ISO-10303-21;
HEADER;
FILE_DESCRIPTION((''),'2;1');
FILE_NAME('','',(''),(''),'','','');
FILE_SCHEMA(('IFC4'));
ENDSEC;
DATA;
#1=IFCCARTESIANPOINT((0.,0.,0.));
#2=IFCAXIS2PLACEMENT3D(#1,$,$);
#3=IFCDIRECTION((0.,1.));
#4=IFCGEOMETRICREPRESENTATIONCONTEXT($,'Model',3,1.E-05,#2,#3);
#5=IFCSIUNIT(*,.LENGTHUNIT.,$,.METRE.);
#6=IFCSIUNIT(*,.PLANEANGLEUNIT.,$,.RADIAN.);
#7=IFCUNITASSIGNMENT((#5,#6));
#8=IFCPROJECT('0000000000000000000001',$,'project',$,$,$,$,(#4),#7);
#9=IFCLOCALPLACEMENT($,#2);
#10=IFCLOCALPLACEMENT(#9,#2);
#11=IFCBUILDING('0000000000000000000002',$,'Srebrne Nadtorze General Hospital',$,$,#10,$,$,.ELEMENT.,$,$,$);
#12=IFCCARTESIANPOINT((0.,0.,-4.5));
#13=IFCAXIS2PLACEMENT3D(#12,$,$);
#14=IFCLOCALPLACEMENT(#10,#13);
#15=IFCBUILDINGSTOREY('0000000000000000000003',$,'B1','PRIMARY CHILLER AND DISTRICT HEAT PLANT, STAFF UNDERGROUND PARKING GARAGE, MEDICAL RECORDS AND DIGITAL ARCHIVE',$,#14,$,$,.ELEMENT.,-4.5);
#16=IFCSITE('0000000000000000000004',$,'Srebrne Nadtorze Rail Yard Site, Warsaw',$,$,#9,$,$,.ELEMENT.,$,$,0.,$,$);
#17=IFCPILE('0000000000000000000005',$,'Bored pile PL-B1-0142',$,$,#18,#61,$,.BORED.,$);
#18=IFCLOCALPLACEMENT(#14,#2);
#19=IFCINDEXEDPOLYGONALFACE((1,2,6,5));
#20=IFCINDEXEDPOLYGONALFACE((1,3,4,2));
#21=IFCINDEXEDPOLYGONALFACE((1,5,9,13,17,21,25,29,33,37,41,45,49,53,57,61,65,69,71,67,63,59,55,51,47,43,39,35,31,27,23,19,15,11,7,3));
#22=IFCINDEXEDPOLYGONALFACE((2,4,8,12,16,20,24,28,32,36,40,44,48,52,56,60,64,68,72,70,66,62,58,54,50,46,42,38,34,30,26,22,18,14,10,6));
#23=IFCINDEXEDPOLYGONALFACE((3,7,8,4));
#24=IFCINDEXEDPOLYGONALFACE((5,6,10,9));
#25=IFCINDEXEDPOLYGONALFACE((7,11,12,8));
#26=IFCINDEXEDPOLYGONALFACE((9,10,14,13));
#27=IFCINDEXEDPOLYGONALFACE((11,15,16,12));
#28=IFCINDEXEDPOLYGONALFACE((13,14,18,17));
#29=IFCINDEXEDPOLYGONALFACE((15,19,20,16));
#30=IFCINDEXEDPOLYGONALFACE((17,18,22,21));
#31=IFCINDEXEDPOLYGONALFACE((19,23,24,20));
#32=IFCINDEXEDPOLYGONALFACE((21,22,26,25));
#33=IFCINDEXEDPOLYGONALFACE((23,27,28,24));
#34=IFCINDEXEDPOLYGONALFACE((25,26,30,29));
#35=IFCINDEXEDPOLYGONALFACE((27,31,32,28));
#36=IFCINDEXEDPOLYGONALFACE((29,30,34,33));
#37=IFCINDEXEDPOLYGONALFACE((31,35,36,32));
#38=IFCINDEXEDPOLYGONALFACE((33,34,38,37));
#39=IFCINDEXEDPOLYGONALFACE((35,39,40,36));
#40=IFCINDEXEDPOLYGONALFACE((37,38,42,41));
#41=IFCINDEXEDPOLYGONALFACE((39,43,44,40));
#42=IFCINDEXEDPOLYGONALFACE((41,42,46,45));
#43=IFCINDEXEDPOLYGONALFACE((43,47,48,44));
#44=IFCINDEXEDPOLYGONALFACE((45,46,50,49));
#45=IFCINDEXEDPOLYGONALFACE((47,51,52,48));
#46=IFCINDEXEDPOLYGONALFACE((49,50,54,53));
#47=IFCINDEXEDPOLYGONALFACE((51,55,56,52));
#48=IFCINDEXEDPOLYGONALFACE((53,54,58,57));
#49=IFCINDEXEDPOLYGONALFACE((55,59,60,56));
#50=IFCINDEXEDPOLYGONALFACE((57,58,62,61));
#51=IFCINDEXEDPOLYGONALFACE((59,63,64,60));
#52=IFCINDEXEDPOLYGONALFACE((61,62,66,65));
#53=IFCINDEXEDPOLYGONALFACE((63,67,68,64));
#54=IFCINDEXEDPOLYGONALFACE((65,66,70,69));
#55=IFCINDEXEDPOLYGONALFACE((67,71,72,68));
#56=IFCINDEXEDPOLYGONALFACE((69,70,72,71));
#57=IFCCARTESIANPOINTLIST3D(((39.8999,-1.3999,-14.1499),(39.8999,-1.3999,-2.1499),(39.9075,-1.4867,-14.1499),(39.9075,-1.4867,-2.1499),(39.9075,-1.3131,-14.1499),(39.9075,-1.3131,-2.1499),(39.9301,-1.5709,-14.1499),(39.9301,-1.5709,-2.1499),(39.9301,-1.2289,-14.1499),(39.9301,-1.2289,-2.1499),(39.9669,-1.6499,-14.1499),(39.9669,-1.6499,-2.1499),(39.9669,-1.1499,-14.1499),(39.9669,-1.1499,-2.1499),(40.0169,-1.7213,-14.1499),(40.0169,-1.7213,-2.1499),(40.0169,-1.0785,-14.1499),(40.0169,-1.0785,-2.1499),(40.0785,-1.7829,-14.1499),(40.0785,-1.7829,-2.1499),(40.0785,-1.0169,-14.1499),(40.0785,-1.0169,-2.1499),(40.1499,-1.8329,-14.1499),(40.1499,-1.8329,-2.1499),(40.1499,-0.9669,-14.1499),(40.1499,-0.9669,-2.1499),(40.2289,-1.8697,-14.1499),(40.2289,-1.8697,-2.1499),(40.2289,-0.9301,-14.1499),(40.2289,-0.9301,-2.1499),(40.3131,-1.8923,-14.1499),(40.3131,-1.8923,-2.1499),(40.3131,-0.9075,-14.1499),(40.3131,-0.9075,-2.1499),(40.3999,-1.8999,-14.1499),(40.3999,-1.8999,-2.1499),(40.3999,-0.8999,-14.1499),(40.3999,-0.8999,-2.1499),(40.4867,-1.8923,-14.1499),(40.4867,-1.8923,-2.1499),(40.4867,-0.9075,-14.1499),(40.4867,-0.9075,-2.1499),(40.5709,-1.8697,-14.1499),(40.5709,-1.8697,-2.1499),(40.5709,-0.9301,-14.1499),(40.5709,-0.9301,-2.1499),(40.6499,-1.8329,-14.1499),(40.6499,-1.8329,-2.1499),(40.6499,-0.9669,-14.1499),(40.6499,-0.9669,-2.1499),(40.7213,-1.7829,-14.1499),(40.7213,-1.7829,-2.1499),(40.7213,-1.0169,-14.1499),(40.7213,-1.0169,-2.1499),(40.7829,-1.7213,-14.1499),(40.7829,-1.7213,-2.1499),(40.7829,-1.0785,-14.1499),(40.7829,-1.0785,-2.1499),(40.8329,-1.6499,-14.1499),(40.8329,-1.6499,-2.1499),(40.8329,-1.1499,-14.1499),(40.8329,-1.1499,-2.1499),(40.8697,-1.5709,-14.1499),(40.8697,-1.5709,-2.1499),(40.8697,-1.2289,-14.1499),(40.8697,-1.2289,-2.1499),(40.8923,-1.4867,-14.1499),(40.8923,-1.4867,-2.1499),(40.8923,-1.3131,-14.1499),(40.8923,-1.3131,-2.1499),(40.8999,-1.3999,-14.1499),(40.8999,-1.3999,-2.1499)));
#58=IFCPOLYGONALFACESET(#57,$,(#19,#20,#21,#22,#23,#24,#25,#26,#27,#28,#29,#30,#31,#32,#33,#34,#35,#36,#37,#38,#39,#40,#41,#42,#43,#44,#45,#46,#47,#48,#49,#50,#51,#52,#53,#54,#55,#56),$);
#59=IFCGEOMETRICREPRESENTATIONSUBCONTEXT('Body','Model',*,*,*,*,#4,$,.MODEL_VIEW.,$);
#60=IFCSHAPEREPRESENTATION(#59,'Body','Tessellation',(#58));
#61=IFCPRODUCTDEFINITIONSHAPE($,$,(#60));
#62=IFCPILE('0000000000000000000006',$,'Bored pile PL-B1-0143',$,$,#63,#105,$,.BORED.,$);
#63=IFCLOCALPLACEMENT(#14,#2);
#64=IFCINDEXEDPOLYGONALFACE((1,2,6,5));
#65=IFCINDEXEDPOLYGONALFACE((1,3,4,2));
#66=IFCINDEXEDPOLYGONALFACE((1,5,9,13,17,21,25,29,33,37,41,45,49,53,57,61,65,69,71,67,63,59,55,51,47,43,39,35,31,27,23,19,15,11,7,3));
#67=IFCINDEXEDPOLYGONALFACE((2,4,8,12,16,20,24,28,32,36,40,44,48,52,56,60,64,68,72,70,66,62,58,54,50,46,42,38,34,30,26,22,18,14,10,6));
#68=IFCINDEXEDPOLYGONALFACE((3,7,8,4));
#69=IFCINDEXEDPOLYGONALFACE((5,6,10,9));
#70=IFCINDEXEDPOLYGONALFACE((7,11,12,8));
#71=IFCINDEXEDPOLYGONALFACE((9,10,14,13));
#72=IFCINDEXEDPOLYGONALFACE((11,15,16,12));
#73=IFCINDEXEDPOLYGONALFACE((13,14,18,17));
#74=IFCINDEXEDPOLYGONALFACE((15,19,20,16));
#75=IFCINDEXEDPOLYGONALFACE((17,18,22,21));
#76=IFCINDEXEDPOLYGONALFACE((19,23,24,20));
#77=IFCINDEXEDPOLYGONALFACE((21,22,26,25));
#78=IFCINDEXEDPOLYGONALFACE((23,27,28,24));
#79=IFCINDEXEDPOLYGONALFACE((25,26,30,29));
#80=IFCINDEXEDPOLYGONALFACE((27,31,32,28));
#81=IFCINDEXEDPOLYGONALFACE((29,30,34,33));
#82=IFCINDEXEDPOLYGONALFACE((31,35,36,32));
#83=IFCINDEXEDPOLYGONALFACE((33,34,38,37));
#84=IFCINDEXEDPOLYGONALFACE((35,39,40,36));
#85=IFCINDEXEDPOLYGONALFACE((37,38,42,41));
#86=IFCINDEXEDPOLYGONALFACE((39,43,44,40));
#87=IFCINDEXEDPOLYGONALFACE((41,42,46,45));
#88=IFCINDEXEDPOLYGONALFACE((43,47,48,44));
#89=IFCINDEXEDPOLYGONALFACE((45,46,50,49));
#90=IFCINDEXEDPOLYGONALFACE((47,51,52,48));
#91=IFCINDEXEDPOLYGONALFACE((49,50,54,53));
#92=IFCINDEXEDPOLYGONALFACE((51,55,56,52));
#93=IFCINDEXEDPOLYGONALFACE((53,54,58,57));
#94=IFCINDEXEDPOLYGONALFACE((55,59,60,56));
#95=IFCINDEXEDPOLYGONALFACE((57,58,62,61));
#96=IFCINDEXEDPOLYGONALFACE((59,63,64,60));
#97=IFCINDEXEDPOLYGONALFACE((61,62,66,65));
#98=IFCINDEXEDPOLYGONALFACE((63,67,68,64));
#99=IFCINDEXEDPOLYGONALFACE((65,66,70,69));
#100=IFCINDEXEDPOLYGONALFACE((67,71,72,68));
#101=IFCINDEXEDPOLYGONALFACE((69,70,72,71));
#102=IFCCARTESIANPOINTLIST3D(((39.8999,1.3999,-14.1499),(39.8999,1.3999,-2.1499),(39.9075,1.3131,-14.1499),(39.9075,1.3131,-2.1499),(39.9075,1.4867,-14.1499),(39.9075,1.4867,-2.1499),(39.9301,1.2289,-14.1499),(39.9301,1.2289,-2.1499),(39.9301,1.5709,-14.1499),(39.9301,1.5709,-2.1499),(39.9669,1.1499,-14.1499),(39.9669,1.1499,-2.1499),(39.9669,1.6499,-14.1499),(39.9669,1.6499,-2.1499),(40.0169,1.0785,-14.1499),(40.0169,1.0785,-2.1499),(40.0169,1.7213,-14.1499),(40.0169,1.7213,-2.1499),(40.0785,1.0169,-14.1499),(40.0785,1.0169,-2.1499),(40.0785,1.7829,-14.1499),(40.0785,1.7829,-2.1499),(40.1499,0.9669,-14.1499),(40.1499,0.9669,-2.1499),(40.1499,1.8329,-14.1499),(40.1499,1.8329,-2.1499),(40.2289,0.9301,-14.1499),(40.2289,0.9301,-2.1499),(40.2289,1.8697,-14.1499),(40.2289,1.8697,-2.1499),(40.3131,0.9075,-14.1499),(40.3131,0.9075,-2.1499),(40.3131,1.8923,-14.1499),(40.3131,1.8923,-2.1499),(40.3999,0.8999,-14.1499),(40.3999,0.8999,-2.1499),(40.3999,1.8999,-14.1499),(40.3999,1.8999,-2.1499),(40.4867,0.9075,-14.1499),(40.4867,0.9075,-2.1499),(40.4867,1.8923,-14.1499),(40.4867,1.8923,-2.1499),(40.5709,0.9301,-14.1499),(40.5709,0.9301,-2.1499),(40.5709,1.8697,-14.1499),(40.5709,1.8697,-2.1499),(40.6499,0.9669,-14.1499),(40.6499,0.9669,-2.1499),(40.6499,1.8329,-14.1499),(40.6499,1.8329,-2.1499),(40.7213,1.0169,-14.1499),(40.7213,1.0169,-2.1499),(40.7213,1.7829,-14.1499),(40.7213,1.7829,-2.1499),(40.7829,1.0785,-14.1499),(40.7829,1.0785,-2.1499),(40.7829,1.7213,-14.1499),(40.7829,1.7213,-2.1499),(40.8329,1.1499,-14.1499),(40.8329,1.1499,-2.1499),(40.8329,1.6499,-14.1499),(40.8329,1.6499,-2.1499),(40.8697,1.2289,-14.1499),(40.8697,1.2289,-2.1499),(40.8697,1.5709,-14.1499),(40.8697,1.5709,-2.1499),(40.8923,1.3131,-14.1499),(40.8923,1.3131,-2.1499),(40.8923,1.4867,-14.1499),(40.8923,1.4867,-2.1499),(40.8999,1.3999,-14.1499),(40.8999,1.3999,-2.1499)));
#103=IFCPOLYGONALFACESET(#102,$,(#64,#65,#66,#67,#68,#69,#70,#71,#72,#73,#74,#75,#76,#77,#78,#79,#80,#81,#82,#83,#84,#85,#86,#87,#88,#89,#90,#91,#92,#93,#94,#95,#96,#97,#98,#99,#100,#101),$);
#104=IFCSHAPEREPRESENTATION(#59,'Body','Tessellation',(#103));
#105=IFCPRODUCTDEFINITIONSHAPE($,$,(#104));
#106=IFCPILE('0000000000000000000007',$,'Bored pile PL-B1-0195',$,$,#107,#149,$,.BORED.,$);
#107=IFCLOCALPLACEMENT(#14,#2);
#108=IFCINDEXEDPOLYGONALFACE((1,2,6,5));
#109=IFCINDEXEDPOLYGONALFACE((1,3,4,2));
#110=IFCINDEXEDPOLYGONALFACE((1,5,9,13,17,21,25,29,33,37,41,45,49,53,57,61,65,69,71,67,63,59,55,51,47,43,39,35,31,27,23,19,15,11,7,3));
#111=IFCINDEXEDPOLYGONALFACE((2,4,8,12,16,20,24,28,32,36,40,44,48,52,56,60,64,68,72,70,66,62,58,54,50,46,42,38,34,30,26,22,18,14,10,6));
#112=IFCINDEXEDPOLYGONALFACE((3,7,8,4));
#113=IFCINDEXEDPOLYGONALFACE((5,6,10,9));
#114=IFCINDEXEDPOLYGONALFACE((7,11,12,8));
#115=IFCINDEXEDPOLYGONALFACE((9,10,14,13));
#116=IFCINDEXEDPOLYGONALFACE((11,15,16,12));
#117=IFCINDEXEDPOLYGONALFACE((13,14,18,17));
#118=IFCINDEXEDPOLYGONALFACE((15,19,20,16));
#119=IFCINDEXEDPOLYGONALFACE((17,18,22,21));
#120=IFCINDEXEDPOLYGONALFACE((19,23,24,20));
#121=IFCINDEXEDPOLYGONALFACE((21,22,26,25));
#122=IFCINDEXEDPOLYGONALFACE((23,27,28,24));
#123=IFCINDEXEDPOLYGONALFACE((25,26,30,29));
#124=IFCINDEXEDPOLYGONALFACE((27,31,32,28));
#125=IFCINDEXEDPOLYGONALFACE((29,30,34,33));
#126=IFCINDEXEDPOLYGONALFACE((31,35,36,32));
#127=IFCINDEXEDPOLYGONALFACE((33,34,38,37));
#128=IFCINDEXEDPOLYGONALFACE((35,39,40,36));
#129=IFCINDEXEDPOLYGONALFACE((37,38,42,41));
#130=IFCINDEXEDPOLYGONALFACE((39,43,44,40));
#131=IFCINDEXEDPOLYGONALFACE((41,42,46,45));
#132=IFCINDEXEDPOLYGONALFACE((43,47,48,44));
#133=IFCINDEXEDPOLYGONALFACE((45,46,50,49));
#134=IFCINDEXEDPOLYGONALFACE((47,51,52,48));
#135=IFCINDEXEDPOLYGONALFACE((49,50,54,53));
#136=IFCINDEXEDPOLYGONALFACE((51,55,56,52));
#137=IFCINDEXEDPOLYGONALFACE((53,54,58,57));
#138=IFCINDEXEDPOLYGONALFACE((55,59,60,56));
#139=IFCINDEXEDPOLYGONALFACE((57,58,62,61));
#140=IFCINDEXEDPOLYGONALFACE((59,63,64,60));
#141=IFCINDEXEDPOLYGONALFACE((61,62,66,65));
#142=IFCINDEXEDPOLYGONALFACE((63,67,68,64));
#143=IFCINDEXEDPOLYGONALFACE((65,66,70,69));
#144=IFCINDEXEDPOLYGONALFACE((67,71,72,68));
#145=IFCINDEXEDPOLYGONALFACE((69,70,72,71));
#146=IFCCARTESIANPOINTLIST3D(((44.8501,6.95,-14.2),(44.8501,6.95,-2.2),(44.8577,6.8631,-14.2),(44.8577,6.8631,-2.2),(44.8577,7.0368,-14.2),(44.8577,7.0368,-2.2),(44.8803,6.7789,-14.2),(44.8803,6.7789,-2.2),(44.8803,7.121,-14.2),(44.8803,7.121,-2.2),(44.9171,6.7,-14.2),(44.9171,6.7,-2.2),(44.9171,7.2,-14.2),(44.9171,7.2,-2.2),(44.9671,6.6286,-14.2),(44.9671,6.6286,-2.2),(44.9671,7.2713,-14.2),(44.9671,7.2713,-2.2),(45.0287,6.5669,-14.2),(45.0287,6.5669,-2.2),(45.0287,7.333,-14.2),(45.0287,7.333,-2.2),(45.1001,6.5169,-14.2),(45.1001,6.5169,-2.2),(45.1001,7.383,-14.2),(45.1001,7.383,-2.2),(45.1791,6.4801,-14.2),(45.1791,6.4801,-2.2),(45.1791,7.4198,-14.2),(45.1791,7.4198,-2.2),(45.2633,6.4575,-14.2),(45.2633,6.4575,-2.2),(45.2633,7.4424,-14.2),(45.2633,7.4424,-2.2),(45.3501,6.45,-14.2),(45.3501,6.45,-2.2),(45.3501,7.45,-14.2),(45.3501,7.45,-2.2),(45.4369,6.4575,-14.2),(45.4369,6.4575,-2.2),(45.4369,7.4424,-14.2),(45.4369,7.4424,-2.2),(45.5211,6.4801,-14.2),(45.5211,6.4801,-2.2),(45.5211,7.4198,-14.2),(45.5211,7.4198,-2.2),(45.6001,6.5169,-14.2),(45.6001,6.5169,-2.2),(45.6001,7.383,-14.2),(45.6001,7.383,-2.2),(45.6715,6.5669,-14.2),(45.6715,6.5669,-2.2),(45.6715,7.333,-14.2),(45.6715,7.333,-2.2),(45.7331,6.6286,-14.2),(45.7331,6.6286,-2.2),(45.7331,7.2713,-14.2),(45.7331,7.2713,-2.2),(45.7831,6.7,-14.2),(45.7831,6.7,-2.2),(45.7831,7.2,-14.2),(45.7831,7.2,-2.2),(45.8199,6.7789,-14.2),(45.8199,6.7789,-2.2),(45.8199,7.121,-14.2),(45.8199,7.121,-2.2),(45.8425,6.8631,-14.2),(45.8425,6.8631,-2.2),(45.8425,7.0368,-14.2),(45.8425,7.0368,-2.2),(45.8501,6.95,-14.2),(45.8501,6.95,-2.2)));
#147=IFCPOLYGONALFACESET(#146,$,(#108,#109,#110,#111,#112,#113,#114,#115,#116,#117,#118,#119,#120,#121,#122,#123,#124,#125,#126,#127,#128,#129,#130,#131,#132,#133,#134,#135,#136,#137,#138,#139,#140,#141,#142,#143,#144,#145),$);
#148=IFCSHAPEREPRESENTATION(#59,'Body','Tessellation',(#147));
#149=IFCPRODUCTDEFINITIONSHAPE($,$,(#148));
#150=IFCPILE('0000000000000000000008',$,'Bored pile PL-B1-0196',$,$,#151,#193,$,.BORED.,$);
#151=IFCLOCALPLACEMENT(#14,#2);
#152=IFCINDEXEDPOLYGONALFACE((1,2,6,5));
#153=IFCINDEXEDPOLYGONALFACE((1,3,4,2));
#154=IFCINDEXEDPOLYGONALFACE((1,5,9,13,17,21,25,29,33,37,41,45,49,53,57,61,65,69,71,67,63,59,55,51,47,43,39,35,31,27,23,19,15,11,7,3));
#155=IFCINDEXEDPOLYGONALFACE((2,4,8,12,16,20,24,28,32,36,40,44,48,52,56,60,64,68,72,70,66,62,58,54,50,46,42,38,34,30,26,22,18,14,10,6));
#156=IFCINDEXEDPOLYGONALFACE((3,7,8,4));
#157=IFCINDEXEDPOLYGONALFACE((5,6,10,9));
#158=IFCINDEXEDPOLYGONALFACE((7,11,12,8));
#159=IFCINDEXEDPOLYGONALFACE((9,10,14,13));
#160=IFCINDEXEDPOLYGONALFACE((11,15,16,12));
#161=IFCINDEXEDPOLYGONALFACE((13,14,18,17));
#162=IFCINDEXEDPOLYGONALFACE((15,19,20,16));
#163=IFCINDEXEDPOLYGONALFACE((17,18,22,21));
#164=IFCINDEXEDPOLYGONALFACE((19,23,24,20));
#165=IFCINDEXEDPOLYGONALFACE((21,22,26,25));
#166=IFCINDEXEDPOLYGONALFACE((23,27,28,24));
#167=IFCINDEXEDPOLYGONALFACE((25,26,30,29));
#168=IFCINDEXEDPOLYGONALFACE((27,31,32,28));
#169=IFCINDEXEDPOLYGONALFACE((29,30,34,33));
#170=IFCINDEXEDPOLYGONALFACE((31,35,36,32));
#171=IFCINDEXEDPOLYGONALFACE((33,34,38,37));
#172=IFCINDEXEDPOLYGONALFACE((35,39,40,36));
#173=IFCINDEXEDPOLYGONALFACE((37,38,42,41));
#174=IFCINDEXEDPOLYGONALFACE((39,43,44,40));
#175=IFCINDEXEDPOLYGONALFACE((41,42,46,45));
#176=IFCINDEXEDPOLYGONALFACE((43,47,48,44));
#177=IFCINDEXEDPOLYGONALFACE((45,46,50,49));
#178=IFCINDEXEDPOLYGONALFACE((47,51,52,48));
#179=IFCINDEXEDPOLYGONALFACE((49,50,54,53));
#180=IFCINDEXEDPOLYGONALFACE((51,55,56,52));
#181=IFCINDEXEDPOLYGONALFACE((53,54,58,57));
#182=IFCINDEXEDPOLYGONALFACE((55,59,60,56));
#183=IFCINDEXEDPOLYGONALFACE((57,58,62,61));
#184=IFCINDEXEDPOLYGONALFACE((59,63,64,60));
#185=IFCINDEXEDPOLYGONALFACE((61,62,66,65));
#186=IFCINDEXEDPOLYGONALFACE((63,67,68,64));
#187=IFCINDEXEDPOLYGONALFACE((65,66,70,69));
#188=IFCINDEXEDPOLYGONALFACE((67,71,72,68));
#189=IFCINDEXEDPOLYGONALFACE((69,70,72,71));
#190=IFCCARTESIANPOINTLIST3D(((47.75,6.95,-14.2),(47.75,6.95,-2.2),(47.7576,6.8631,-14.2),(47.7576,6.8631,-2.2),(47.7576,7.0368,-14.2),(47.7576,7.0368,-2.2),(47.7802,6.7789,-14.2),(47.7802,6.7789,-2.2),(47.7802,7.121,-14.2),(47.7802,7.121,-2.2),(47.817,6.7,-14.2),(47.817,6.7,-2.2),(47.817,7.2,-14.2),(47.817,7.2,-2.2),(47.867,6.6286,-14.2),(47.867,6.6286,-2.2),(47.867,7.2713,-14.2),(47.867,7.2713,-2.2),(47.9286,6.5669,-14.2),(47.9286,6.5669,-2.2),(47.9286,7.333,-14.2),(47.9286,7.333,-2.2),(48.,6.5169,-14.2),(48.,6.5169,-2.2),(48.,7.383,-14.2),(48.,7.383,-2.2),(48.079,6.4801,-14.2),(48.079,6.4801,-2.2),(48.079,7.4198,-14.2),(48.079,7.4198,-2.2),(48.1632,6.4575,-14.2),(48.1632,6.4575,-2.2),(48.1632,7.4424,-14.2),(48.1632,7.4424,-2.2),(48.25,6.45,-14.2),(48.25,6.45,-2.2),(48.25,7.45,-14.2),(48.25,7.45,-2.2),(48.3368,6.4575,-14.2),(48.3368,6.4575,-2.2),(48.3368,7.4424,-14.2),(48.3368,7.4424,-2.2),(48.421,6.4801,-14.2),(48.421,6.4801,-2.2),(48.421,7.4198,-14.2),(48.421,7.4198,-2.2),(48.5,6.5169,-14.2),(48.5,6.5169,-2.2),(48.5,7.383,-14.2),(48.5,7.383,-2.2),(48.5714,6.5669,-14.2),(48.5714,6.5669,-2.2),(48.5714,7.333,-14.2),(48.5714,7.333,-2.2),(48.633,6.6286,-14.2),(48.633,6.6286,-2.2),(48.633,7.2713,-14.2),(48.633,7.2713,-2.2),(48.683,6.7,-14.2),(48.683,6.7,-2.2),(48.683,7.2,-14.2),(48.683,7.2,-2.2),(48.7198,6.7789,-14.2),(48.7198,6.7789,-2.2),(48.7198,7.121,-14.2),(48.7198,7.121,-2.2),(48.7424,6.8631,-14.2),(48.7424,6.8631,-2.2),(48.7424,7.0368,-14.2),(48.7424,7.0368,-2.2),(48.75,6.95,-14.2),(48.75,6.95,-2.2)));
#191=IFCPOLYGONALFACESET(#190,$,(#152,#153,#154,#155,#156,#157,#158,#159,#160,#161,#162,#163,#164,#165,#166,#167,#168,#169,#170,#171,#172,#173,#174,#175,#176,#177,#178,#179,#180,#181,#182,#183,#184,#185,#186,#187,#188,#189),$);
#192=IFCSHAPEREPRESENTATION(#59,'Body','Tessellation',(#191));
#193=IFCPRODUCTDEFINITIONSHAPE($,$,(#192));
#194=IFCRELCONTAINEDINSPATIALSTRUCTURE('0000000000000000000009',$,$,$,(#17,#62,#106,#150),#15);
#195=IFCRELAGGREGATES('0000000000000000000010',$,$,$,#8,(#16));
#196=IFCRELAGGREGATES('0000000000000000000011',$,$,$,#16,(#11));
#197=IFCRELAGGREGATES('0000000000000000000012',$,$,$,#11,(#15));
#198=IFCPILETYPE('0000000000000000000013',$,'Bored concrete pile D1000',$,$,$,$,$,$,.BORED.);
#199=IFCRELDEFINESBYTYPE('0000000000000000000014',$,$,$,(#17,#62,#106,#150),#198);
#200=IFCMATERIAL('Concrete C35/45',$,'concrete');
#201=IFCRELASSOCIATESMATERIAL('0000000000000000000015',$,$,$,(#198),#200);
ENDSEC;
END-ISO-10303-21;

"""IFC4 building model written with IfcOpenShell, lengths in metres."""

from ifc_helpers import new_model, si_unit, direction, frame, origin, origin_2d, place, context, subcontext, project, spatial, circle, extrude, material, material_profile, profile_set, type_object, element, save


model = new_model("IFC4")

# Units and contexts
model_context = context("Model", 3, precision=1e-05, world=origin(), true_north=direction((0.0, 1.0)))
body_context = subcontext(model_context, "Body", "Model", "MODEL_VIEW")
ifc_project = project(units=[si_unit("LENGTHUNIT", "METRE"), si_unit("PLANEANGLEUNIT", "RADIAN")], contexts=[model_context])

# Site, building, storey
site_placement = place(None, origin())
site = spatial("IfcSite", under=ifc_project, at=site_placement, Name="Srebrne Nadtorze Rail Yard Site, Warsaw", CompositionType="ELEMENT", RefElevation=0.0)
building_placement = place(site_placement, origin())
building = spatial("IfcBuilding", under=site, at=building_placement, Name="Srebrne Nadtorze General Hospital", CompositionType="ELEMENT")
storey_placement = place(building_placement, frame((0.0, 0.0, -4.5)))
storey = spatial("IfcBuildingStorey", under=building, at=storey_placement, Name="B1", Description="PRIMARY CHILLER AND DISTRICT HEAT PLANT, STAFF UNDERGROUND PARKING GARAGE, MEDICAL RECORDS AND DIGITAL ARCHIVE", CompositionType="ELEMENT", Elevation=-4.5)

# Piles
ifc_material_1 = material(Name="Concrete C35/45", Category="concrete")
ifc_material_profile_1 = material_profile(ifc_material_1, circle(Radius=0.5, at=origin_2d()), Name="PILE-D1000")
ifc_profile_set_1 = profile_set([ifc_material_profile_1], Name="Concrete C35/45")
pile_type_1 = type_object("IfcPileType", Name="Bored concrete pile D1000", PredefinedType="BORED", material=ifc_profile_set_1)
for number, where, z_axis, x_axis, name in (
    (1, (40.3999, -1.3999, -2.1499), (0.0, 0.0, -1.0), (1.0, 0.0, 0.0), "Bored pile PL-B1-0142"),
    (2, (40.3999, 1.3999, -2.1499), (0.0, 0.0, -1.0), (1.0, 0.0, 0.0), "Bored pile PL-B1-0143"),
    (3, (45.3501, 6.95, -2.2), (0.0, 0.0, -1.0), (1.0, 0.0, 0.0), "Bored pile PL-B1-0195"),
    (4, (48.25, 6.95, -2.2), (0.0, 0.0, -1.0), (1.0, 0.0, 0.0), "Bored pile PL-B1-0196"),
):
    element("IfcPile", number, at=place(storey_placement, frame(where, z_axis=z_axis, x_axis=x_axis)), inside=storey, type_object=pile_type_1, Name=name, PredefinedType="BORED", context=body_context, shape_type="SweptSolid", body=[
        extrude(circle(Radius=0.5, at=origin_2d()), origin(), (0.0, 0.0, 1.0), 12.0),
    ])

save(model, "model.ifc")
